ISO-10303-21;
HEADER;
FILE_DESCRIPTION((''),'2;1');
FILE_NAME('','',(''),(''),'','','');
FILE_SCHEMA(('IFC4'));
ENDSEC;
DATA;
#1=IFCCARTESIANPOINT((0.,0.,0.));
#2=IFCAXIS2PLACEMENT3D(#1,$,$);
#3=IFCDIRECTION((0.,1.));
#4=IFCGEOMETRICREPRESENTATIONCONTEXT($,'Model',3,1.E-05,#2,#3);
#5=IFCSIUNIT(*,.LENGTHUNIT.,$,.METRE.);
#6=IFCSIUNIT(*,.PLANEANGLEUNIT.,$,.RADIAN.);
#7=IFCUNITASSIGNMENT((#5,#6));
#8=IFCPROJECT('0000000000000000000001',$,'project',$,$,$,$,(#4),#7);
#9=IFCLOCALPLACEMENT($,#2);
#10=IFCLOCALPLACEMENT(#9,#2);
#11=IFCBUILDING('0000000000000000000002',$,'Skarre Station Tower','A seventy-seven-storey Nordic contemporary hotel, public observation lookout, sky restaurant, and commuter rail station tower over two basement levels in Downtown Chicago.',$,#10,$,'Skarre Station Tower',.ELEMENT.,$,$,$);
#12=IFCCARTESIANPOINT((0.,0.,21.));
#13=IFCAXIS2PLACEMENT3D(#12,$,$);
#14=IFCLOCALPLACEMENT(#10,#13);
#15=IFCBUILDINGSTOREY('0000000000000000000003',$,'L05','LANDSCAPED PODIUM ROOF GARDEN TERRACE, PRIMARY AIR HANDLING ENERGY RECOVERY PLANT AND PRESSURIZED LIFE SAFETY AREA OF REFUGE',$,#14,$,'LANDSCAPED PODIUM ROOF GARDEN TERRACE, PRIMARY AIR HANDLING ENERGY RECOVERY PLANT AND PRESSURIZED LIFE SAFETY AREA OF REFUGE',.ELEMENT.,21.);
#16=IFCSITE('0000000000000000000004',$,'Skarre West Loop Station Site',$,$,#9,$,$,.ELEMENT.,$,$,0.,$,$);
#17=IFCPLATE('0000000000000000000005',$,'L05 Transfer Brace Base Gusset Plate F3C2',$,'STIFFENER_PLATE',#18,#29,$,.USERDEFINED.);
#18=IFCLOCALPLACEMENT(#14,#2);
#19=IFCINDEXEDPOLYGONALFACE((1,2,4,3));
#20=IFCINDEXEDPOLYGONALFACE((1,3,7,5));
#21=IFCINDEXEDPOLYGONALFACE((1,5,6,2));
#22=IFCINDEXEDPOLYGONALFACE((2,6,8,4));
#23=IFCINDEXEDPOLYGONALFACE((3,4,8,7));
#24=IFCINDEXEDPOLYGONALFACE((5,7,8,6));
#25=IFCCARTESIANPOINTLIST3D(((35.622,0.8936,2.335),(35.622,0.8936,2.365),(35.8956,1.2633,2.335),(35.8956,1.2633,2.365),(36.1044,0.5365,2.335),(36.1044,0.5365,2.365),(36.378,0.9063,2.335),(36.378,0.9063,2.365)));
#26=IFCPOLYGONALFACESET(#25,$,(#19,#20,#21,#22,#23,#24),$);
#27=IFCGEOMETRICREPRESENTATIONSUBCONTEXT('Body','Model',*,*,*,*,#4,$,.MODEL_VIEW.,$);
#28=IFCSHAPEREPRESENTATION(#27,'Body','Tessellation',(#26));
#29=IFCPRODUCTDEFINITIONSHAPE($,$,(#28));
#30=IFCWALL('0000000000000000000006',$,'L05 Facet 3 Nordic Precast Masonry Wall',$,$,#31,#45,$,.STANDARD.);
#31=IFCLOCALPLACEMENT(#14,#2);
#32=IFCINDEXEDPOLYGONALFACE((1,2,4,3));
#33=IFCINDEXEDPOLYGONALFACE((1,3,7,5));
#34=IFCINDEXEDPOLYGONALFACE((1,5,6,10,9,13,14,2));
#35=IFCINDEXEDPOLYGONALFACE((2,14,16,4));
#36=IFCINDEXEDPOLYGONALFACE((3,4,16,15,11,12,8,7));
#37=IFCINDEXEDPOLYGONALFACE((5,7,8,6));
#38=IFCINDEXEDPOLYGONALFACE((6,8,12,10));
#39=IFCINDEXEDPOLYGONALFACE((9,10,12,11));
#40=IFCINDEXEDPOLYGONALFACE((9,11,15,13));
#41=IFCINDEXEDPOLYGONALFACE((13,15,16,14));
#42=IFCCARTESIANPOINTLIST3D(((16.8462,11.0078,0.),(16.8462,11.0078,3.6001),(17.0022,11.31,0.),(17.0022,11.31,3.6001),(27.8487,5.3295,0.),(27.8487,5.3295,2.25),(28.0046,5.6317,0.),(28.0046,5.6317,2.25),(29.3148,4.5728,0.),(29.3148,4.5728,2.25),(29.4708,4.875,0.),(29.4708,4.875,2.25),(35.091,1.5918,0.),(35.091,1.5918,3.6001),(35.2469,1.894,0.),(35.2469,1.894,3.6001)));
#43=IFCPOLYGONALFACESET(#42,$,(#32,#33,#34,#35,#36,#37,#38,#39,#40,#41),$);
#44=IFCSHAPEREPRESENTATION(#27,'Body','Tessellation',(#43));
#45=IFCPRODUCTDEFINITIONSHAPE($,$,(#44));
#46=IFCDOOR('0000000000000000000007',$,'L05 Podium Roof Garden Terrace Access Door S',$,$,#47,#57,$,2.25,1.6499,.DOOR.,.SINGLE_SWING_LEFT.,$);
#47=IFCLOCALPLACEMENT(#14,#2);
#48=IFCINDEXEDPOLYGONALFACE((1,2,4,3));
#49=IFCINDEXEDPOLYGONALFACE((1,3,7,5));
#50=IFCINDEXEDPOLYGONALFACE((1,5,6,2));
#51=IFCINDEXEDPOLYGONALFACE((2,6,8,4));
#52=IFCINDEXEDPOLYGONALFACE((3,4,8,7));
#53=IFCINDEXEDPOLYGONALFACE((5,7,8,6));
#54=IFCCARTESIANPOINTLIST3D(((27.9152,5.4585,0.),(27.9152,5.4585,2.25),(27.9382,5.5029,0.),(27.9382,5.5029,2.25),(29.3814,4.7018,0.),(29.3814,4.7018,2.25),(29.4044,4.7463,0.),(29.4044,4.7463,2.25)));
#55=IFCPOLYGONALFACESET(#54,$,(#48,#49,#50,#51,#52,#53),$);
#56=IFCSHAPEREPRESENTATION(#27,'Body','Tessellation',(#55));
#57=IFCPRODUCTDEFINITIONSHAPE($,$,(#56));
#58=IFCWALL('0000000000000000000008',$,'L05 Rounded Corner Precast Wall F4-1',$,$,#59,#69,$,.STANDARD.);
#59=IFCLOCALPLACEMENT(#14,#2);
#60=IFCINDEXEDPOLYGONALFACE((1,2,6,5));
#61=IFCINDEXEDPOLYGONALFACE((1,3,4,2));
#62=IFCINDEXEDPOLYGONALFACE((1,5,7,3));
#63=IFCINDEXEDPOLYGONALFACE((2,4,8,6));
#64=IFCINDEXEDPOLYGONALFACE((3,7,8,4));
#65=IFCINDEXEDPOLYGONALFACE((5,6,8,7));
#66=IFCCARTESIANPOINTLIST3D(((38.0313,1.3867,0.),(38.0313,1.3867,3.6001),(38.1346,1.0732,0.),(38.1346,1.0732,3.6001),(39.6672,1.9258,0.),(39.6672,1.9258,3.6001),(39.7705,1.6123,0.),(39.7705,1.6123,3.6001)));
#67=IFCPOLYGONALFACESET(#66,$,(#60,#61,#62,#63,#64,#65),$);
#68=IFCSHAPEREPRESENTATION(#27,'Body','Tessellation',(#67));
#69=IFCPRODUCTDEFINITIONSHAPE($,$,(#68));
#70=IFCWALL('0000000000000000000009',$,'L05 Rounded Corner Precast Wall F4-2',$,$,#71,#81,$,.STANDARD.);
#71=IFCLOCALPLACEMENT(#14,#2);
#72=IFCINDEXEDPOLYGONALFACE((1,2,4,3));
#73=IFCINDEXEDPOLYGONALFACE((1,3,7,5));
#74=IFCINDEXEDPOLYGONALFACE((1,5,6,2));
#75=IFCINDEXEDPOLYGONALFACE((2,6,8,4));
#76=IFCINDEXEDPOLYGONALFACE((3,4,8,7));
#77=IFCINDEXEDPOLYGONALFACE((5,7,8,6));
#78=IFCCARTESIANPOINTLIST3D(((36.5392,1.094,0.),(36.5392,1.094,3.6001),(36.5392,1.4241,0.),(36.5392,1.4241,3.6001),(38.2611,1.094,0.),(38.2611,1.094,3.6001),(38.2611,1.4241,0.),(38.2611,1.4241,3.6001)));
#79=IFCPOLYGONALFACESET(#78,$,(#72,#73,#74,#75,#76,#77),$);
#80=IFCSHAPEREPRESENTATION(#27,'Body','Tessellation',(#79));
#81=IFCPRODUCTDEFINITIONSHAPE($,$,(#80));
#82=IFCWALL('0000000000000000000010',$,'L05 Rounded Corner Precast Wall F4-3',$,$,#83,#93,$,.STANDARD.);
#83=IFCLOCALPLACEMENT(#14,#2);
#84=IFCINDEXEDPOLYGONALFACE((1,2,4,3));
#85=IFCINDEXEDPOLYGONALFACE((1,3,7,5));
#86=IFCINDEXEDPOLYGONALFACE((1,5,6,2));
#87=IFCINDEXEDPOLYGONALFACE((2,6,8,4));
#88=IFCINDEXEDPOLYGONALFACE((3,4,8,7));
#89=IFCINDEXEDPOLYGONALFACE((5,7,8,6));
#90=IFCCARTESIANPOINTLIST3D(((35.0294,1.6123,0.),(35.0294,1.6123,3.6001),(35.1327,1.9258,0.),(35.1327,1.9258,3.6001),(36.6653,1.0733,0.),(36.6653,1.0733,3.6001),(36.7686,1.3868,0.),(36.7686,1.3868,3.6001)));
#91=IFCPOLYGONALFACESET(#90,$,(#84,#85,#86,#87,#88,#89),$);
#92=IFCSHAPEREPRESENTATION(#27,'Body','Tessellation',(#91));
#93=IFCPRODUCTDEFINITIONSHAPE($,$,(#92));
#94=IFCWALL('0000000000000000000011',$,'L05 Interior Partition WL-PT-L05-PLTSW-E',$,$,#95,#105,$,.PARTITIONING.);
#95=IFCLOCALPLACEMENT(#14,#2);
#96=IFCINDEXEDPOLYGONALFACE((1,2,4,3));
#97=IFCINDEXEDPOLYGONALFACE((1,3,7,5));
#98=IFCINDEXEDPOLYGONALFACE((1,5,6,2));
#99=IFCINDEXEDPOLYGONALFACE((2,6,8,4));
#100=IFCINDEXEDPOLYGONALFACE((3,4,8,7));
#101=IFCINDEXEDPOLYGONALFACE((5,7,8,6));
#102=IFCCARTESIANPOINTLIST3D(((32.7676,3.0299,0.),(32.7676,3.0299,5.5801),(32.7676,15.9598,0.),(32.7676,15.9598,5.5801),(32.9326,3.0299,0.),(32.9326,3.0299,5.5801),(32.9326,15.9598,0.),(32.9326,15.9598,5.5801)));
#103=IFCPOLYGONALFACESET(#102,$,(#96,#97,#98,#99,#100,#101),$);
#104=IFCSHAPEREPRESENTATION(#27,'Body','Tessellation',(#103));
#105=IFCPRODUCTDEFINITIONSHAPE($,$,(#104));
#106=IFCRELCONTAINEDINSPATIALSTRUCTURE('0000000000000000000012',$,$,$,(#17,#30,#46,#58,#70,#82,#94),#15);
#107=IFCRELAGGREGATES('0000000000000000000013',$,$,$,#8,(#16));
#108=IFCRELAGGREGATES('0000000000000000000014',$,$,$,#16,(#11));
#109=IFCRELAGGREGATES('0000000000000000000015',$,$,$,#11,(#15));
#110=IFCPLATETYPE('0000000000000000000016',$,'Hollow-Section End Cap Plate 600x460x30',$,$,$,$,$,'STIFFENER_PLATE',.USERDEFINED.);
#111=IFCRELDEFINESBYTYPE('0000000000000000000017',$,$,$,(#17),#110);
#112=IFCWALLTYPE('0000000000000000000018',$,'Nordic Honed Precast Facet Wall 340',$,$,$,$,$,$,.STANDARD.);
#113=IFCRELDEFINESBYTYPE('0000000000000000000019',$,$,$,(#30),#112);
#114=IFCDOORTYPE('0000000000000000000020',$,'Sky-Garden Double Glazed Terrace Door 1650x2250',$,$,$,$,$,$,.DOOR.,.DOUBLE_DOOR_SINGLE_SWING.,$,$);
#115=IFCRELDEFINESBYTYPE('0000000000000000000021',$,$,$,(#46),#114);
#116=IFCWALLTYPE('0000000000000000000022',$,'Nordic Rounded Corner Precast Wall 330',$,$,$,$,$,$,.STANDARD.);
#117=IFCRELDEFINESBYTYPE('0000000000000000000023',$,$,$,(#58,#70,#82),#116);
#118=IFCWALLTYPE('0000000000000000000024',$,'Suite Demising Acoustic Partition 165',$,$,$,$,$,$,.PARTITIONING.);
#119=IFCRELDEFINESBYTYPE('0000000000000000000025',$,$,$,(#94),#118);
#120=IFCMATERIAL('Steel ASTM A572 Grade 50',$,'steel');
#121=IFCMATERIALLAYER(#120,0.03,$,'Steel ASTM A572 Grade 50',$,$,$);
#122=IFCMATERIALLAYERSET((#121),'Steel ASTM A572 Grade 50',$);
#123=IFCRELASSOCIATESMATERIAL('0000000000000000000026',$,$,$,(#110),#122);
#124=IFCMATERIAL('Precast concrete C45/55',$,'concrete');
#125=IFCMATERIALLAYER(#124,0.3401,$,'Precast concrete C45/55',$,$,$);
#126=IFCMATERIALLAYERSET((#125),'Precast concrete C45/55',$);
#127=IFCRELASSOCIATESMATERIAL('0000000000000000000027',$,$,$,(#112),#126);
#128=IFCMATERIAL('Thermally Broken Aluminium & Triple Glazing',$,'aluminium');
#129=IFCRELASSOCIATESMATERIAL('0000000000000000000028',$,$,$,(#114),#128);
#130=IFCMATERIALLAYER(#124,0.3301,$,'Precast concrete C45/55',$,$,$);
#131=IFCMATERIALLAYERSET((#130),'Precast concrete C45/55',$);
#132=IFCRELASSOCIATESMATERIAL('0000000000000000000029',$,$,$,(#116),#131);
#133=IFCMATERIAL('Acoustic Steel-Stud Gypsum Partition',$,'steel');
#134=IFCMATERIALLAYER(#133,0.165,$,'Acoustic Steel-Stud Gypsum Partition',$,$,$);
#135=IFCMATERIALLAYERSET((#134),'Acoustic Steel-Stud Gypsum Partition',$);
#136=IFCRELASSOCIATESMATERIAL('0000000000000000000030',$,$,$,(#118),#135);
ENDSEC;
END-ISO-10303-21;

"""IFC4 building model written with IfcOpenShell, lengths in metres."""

from ifc_helpers import new_model, si_unit, direction, frame, frame_2d, origin, origin_2d, place, context, subcontext, project, spatial, rectangle, extrude, material, layer, layer_set, type_object, element, fill, save


model = new_model("IFC4")

# Units and contexts
model_context = context("Model", 3, precision=1e-05, world=origin(), true_north=direction((0.0, 1.0)))
body_context = subcontext(model_context, "Body", "Model", "MODEL_VIEW")
ifc_project = project(units=[si_unit("LENGTHUNIT", "METRE"), si_unit("PLANEANGLEUNIT", "RADIAN")], contexts=[model_context])

# Site, building, storey
site_placement = place(None, origin())
site = spatial("IfcSite", under=ifc_project, at=site_placement, Name="Skarre West Loop Station Site", CompositionType="ELEMENT", RefElevation=0.0)
building_placement = place(site_placement, origin())
building = spatial("IfcBuilding", under=site, at=building_placement, Name="Skarre Station Tower", Description="A seventy-seven-storey Nordic contemporary hotel, public observation lookout, sky restaurant, and commuter rail station tower over two basement levels in Downtown Chicago.", LongName="Skarre Station Tower", CompositionType="ELEMENT")
storey_placement = place(building_placement, frame((0.0, 0.0, 21.0)))
storey = spatial("IfcBuildingStorey", under=building, at=storey_placement, Name="L05", Description="LANDSCAPED PODIUM ROOF GARDEN TERRACE, PRIMARY AIR HANDLING ENERGY RECOVERY PLANT AND PRESSURIZED LIFE SAFETY AREA OF REFUGE", LongName="LANDSCAPED PODIUM ROOF GARDEN TERRACE, PRIMARY AIR HANDLING ENERGY RECOVERY PLANT AND PRESSURIZED LIFE SAFETY AREA OF REFUGE", CompositionType="ELEMENT", Elevation=21.0)

# Plate
ifc_material_1 = material(Name="Steel ASTM A572 Grade 50", Category="steel")
ifc_layer_1 = layer(ifc_material_1, 0.03, Name="Steel ASTM A572 Grade 50")
ifc_layer_set_1 = layer_set([ifc_layer_1], Name="Steel ASTM A572 Grade 50")
plate_type = type_object("IfcPlateType", Name="Hollow-Section End Cap Plate 600x460x30", ElementType="STIFFENER_PLATE", PredefinedType="USERDEFINED", material=ifc_layer_set_1)
plate_placement = place(storey_placement, frame((36.0, 0.8999, 2.335), z_axis=(0.0, 0.0, 1.0), x_axis=(-0.803784, 0.594921, 0.0)))
element("IfcPlate", 1, at=plate_placement, inside=storey, type_object=plate_type, Name="L05 Transfer Brace Base Gusset Plate F3C2", ObjectType="STIFFENER_PLATE", PredefinedType="USERDEFINED", context=body_context, shape_type="SweptSolid", body=[
    extrude(rectangle(XDim=0.6001, YDim=0.46, at=origin_2d()), origin(), (0.0, 0.0, 1.0), 0.03),
])

# Wall, opening, door
ifc_material_2 = material(Name="Precast concrete C45/55", Category="concrete")
ifc_layer_2 = layer(ifc_material_2, 0.3401, Name="Precast concrete C45/55")
ifc_layer_set_2 = layer_set([ifc_layer_2], Name="Precast concrete C45/55")
wall_type_1 = type_object("IfcWallType", Name="Nordic Honed Precast Facet Wall 340", PredefinedType="STANDARD", material=ifc_layer_set_2)
wall_1_placement = place(storey_placement, frame((35.1689, 1.7429, 0.0), z_axis=(0.0, 0.0, 1.0), x_axis=(-0.888634, 0.458616, 0.0)))
wall_1 = element("IfcWall", 2, at=wall_1_placement, inside=storey, type_object=wall_type_1, Name="L05 Facet 3 Nordic Precast Masonry Wall", PredefinedType="STANDARD", context=body_context, shape_type="SweptSolid", body=[
    extrude(rectangle(XDim=20.5312, YDim=0.3401, at=frame_2d((10.2656, 0.0))), origin(), (0.0, 0.0, 1.0), 3.6001),
])
opening_placement = place(wall_1_placement, frame((6.5, 0.0, 0.0)))
opening = element("IfcOpeningElement", 3, at=opening_placement, cuts=wall_1, PredefinedType="OPENING", context=body_context, shape_type="SweptSolid", body=[
    extrude(rectangle(XDim=1.6499, YDim=2.25, at=frame_2d((0.825, 1.125))), frame((0.0, 0.1799, 0.0), z_axis=(0.0, -1.0, 0.0), x_axis=(1.0, 0.0, 0.0)), (0.0, 0.0, 1.0), 0.3601),
])
ifc_material_3 = material(Name="Thermally Broken Aluminium & Triple Glazing", Category="aluminium")
door_type = type_object("IfcDoorType", Name="Sky-Garden Double Glazed Terrace Door 1650x2250", OperationType="DOUBLE_DOOR_SINGLE_SWING", PredefinedType="DOOR", material=ifc_material_3)
door_placement = place(opening_placement, origin())
door = element("IfcDoor", 4, at=door_placement, inside=storey, type_object=door_type, Name="L05 Podium Roof Garden Terrace Access Door S", OperationType="SINGLE_SWING_LEFT", OverallHeight=2.25, OverallWidth=1.6499, PredefinedType="DOOR", context=body_context, shape_type="SweptSolid", body=[
    extrude(rectangle(XDim=1.6499, YDim=2.25, at=frame_2d((0.825, 1.125))), frame((0.0, 0.0249, 0.0), z_axis=(0.0, -1.0, 0.0), x_axis=(1.0, 0.0, 0.0)), (0.0, 0.0, 1.0), 0.05),
])
fill(opening, door)

# Walls
ifc_layer_3 = layer(ifc_material_2, 0.3301, Name="Precast concrete C45/55")
ifc_layer_set_3 = layer_set([ifc_layer_3], Name="Precast concrete C45/55")
wall_type_2 = type_object("IfcWallType", Name="Nordic Rounded Corner Precast Wall 330", PredefinedType="STANDARD", material=ifc_layer_set_3)
wall_2_placement = place(storey_placement, frame((39.719, 1.769, 0.0), z_axis=(0.0, 0.0, 1.0), x_axis=(-0.949769, -0.312952, 0.0)))
element("IfcWall", 5, at=wall_2_placement, inside=storey, type_object=wall_type_2, Name="L05 Rounded Corner Precast Wall F4-1", PredefinedType="STANDARD", context=body_context, shape_type="SweptSolid", body=[
    extrude(rectangle(XDim=1.7224, YDim=0.3301, at=frame_2d((0.8613, 0.0))), origin(), (0.0, 0.0, 1.0), 3.6001),
])
wall_3_placement = place(storey_placement, frame((38.261, 1.259, 0.0), z_axis=(0.0, 0.0, 1.0), x_axis=(-1.0, 0.0, 0.0)))
element("IfcWall", 6, at=wall_3_placement, inside=storey, type_object=wall_type_2, Name="L05 Rounded Corner Precast Wall F4-2", PredefinedType="STANDARD", context=body_context, shape_type="SweptSolid", body=[
    extrude(rectangle(XDim=1.7219, YDim=0.3301, at=frame_2d((0.8608, 0.0))), origin(), (0.0, 0.0, 1.0), 3.6001),
])
wall_4_placement = place(storey_placement, frame((36.717, 1.23, 0.0), z_axis=(0.0, 0.0, 1.0), x_axis=(-0.949769, 0.312952, 0.0)))
element("IfcWall", 7, at=wall_4_placement, inside=storey, type_object=wall_type_2, Name="L05 Rounded Corner Precast Wall F4-3", PredefinedType="STANDARD", context=body_context, shape_type="SweptSolid", body=[
    extrude(rectangle(XDim=1.7224, YDim=0.3301, at=frame_2d((0.8613, 0.0))), origin(), (0.0, 0.0, 1.0), 3.6001),
])
ifc_material_4 = material(Name="Acoustic Steel-Stud Gypsum Partition", Category="steel")
ifc_layer_4 = layer(ifc_material_4, 0.165, Name="Acoustic Steel-Stud Gypsum Partition")
ifc_layer_set_4 = layer_set([ifc_layer_4], Name="Acoustic Steel-Stud Gypsum Partition")
wall_type_3 = type_object("IfcWallType", Name="Suite Demising Acoustic Partition 165", PredefinedType="PARTITIONING", material=ifc_layer_set_4)
wall_5_placement = place(storey_placement, frame((32.8501, 3.03, 0.0), z_axis=(0.0, 0.0, 1.0), x_axis=(0.0, 1.0, 0.0)))
element("IfcWall", 8, at=wall_5_placement, inside=storey, type_object=wall_type_3, Name="L05 Interior Partition WL-PT-L05-PLTSW-E", PredefinedType="PARTITIONING", context=body_context, shape_type="SweptSolid", body=[
    extrude(rectangle(XDim=12.9299, YDim=0.165, at=frame_2d((6.4648, 0.0))), origin(), (0.0, 0.0, 1.0), 5.5801),
])

save(model, "model.ifc")
